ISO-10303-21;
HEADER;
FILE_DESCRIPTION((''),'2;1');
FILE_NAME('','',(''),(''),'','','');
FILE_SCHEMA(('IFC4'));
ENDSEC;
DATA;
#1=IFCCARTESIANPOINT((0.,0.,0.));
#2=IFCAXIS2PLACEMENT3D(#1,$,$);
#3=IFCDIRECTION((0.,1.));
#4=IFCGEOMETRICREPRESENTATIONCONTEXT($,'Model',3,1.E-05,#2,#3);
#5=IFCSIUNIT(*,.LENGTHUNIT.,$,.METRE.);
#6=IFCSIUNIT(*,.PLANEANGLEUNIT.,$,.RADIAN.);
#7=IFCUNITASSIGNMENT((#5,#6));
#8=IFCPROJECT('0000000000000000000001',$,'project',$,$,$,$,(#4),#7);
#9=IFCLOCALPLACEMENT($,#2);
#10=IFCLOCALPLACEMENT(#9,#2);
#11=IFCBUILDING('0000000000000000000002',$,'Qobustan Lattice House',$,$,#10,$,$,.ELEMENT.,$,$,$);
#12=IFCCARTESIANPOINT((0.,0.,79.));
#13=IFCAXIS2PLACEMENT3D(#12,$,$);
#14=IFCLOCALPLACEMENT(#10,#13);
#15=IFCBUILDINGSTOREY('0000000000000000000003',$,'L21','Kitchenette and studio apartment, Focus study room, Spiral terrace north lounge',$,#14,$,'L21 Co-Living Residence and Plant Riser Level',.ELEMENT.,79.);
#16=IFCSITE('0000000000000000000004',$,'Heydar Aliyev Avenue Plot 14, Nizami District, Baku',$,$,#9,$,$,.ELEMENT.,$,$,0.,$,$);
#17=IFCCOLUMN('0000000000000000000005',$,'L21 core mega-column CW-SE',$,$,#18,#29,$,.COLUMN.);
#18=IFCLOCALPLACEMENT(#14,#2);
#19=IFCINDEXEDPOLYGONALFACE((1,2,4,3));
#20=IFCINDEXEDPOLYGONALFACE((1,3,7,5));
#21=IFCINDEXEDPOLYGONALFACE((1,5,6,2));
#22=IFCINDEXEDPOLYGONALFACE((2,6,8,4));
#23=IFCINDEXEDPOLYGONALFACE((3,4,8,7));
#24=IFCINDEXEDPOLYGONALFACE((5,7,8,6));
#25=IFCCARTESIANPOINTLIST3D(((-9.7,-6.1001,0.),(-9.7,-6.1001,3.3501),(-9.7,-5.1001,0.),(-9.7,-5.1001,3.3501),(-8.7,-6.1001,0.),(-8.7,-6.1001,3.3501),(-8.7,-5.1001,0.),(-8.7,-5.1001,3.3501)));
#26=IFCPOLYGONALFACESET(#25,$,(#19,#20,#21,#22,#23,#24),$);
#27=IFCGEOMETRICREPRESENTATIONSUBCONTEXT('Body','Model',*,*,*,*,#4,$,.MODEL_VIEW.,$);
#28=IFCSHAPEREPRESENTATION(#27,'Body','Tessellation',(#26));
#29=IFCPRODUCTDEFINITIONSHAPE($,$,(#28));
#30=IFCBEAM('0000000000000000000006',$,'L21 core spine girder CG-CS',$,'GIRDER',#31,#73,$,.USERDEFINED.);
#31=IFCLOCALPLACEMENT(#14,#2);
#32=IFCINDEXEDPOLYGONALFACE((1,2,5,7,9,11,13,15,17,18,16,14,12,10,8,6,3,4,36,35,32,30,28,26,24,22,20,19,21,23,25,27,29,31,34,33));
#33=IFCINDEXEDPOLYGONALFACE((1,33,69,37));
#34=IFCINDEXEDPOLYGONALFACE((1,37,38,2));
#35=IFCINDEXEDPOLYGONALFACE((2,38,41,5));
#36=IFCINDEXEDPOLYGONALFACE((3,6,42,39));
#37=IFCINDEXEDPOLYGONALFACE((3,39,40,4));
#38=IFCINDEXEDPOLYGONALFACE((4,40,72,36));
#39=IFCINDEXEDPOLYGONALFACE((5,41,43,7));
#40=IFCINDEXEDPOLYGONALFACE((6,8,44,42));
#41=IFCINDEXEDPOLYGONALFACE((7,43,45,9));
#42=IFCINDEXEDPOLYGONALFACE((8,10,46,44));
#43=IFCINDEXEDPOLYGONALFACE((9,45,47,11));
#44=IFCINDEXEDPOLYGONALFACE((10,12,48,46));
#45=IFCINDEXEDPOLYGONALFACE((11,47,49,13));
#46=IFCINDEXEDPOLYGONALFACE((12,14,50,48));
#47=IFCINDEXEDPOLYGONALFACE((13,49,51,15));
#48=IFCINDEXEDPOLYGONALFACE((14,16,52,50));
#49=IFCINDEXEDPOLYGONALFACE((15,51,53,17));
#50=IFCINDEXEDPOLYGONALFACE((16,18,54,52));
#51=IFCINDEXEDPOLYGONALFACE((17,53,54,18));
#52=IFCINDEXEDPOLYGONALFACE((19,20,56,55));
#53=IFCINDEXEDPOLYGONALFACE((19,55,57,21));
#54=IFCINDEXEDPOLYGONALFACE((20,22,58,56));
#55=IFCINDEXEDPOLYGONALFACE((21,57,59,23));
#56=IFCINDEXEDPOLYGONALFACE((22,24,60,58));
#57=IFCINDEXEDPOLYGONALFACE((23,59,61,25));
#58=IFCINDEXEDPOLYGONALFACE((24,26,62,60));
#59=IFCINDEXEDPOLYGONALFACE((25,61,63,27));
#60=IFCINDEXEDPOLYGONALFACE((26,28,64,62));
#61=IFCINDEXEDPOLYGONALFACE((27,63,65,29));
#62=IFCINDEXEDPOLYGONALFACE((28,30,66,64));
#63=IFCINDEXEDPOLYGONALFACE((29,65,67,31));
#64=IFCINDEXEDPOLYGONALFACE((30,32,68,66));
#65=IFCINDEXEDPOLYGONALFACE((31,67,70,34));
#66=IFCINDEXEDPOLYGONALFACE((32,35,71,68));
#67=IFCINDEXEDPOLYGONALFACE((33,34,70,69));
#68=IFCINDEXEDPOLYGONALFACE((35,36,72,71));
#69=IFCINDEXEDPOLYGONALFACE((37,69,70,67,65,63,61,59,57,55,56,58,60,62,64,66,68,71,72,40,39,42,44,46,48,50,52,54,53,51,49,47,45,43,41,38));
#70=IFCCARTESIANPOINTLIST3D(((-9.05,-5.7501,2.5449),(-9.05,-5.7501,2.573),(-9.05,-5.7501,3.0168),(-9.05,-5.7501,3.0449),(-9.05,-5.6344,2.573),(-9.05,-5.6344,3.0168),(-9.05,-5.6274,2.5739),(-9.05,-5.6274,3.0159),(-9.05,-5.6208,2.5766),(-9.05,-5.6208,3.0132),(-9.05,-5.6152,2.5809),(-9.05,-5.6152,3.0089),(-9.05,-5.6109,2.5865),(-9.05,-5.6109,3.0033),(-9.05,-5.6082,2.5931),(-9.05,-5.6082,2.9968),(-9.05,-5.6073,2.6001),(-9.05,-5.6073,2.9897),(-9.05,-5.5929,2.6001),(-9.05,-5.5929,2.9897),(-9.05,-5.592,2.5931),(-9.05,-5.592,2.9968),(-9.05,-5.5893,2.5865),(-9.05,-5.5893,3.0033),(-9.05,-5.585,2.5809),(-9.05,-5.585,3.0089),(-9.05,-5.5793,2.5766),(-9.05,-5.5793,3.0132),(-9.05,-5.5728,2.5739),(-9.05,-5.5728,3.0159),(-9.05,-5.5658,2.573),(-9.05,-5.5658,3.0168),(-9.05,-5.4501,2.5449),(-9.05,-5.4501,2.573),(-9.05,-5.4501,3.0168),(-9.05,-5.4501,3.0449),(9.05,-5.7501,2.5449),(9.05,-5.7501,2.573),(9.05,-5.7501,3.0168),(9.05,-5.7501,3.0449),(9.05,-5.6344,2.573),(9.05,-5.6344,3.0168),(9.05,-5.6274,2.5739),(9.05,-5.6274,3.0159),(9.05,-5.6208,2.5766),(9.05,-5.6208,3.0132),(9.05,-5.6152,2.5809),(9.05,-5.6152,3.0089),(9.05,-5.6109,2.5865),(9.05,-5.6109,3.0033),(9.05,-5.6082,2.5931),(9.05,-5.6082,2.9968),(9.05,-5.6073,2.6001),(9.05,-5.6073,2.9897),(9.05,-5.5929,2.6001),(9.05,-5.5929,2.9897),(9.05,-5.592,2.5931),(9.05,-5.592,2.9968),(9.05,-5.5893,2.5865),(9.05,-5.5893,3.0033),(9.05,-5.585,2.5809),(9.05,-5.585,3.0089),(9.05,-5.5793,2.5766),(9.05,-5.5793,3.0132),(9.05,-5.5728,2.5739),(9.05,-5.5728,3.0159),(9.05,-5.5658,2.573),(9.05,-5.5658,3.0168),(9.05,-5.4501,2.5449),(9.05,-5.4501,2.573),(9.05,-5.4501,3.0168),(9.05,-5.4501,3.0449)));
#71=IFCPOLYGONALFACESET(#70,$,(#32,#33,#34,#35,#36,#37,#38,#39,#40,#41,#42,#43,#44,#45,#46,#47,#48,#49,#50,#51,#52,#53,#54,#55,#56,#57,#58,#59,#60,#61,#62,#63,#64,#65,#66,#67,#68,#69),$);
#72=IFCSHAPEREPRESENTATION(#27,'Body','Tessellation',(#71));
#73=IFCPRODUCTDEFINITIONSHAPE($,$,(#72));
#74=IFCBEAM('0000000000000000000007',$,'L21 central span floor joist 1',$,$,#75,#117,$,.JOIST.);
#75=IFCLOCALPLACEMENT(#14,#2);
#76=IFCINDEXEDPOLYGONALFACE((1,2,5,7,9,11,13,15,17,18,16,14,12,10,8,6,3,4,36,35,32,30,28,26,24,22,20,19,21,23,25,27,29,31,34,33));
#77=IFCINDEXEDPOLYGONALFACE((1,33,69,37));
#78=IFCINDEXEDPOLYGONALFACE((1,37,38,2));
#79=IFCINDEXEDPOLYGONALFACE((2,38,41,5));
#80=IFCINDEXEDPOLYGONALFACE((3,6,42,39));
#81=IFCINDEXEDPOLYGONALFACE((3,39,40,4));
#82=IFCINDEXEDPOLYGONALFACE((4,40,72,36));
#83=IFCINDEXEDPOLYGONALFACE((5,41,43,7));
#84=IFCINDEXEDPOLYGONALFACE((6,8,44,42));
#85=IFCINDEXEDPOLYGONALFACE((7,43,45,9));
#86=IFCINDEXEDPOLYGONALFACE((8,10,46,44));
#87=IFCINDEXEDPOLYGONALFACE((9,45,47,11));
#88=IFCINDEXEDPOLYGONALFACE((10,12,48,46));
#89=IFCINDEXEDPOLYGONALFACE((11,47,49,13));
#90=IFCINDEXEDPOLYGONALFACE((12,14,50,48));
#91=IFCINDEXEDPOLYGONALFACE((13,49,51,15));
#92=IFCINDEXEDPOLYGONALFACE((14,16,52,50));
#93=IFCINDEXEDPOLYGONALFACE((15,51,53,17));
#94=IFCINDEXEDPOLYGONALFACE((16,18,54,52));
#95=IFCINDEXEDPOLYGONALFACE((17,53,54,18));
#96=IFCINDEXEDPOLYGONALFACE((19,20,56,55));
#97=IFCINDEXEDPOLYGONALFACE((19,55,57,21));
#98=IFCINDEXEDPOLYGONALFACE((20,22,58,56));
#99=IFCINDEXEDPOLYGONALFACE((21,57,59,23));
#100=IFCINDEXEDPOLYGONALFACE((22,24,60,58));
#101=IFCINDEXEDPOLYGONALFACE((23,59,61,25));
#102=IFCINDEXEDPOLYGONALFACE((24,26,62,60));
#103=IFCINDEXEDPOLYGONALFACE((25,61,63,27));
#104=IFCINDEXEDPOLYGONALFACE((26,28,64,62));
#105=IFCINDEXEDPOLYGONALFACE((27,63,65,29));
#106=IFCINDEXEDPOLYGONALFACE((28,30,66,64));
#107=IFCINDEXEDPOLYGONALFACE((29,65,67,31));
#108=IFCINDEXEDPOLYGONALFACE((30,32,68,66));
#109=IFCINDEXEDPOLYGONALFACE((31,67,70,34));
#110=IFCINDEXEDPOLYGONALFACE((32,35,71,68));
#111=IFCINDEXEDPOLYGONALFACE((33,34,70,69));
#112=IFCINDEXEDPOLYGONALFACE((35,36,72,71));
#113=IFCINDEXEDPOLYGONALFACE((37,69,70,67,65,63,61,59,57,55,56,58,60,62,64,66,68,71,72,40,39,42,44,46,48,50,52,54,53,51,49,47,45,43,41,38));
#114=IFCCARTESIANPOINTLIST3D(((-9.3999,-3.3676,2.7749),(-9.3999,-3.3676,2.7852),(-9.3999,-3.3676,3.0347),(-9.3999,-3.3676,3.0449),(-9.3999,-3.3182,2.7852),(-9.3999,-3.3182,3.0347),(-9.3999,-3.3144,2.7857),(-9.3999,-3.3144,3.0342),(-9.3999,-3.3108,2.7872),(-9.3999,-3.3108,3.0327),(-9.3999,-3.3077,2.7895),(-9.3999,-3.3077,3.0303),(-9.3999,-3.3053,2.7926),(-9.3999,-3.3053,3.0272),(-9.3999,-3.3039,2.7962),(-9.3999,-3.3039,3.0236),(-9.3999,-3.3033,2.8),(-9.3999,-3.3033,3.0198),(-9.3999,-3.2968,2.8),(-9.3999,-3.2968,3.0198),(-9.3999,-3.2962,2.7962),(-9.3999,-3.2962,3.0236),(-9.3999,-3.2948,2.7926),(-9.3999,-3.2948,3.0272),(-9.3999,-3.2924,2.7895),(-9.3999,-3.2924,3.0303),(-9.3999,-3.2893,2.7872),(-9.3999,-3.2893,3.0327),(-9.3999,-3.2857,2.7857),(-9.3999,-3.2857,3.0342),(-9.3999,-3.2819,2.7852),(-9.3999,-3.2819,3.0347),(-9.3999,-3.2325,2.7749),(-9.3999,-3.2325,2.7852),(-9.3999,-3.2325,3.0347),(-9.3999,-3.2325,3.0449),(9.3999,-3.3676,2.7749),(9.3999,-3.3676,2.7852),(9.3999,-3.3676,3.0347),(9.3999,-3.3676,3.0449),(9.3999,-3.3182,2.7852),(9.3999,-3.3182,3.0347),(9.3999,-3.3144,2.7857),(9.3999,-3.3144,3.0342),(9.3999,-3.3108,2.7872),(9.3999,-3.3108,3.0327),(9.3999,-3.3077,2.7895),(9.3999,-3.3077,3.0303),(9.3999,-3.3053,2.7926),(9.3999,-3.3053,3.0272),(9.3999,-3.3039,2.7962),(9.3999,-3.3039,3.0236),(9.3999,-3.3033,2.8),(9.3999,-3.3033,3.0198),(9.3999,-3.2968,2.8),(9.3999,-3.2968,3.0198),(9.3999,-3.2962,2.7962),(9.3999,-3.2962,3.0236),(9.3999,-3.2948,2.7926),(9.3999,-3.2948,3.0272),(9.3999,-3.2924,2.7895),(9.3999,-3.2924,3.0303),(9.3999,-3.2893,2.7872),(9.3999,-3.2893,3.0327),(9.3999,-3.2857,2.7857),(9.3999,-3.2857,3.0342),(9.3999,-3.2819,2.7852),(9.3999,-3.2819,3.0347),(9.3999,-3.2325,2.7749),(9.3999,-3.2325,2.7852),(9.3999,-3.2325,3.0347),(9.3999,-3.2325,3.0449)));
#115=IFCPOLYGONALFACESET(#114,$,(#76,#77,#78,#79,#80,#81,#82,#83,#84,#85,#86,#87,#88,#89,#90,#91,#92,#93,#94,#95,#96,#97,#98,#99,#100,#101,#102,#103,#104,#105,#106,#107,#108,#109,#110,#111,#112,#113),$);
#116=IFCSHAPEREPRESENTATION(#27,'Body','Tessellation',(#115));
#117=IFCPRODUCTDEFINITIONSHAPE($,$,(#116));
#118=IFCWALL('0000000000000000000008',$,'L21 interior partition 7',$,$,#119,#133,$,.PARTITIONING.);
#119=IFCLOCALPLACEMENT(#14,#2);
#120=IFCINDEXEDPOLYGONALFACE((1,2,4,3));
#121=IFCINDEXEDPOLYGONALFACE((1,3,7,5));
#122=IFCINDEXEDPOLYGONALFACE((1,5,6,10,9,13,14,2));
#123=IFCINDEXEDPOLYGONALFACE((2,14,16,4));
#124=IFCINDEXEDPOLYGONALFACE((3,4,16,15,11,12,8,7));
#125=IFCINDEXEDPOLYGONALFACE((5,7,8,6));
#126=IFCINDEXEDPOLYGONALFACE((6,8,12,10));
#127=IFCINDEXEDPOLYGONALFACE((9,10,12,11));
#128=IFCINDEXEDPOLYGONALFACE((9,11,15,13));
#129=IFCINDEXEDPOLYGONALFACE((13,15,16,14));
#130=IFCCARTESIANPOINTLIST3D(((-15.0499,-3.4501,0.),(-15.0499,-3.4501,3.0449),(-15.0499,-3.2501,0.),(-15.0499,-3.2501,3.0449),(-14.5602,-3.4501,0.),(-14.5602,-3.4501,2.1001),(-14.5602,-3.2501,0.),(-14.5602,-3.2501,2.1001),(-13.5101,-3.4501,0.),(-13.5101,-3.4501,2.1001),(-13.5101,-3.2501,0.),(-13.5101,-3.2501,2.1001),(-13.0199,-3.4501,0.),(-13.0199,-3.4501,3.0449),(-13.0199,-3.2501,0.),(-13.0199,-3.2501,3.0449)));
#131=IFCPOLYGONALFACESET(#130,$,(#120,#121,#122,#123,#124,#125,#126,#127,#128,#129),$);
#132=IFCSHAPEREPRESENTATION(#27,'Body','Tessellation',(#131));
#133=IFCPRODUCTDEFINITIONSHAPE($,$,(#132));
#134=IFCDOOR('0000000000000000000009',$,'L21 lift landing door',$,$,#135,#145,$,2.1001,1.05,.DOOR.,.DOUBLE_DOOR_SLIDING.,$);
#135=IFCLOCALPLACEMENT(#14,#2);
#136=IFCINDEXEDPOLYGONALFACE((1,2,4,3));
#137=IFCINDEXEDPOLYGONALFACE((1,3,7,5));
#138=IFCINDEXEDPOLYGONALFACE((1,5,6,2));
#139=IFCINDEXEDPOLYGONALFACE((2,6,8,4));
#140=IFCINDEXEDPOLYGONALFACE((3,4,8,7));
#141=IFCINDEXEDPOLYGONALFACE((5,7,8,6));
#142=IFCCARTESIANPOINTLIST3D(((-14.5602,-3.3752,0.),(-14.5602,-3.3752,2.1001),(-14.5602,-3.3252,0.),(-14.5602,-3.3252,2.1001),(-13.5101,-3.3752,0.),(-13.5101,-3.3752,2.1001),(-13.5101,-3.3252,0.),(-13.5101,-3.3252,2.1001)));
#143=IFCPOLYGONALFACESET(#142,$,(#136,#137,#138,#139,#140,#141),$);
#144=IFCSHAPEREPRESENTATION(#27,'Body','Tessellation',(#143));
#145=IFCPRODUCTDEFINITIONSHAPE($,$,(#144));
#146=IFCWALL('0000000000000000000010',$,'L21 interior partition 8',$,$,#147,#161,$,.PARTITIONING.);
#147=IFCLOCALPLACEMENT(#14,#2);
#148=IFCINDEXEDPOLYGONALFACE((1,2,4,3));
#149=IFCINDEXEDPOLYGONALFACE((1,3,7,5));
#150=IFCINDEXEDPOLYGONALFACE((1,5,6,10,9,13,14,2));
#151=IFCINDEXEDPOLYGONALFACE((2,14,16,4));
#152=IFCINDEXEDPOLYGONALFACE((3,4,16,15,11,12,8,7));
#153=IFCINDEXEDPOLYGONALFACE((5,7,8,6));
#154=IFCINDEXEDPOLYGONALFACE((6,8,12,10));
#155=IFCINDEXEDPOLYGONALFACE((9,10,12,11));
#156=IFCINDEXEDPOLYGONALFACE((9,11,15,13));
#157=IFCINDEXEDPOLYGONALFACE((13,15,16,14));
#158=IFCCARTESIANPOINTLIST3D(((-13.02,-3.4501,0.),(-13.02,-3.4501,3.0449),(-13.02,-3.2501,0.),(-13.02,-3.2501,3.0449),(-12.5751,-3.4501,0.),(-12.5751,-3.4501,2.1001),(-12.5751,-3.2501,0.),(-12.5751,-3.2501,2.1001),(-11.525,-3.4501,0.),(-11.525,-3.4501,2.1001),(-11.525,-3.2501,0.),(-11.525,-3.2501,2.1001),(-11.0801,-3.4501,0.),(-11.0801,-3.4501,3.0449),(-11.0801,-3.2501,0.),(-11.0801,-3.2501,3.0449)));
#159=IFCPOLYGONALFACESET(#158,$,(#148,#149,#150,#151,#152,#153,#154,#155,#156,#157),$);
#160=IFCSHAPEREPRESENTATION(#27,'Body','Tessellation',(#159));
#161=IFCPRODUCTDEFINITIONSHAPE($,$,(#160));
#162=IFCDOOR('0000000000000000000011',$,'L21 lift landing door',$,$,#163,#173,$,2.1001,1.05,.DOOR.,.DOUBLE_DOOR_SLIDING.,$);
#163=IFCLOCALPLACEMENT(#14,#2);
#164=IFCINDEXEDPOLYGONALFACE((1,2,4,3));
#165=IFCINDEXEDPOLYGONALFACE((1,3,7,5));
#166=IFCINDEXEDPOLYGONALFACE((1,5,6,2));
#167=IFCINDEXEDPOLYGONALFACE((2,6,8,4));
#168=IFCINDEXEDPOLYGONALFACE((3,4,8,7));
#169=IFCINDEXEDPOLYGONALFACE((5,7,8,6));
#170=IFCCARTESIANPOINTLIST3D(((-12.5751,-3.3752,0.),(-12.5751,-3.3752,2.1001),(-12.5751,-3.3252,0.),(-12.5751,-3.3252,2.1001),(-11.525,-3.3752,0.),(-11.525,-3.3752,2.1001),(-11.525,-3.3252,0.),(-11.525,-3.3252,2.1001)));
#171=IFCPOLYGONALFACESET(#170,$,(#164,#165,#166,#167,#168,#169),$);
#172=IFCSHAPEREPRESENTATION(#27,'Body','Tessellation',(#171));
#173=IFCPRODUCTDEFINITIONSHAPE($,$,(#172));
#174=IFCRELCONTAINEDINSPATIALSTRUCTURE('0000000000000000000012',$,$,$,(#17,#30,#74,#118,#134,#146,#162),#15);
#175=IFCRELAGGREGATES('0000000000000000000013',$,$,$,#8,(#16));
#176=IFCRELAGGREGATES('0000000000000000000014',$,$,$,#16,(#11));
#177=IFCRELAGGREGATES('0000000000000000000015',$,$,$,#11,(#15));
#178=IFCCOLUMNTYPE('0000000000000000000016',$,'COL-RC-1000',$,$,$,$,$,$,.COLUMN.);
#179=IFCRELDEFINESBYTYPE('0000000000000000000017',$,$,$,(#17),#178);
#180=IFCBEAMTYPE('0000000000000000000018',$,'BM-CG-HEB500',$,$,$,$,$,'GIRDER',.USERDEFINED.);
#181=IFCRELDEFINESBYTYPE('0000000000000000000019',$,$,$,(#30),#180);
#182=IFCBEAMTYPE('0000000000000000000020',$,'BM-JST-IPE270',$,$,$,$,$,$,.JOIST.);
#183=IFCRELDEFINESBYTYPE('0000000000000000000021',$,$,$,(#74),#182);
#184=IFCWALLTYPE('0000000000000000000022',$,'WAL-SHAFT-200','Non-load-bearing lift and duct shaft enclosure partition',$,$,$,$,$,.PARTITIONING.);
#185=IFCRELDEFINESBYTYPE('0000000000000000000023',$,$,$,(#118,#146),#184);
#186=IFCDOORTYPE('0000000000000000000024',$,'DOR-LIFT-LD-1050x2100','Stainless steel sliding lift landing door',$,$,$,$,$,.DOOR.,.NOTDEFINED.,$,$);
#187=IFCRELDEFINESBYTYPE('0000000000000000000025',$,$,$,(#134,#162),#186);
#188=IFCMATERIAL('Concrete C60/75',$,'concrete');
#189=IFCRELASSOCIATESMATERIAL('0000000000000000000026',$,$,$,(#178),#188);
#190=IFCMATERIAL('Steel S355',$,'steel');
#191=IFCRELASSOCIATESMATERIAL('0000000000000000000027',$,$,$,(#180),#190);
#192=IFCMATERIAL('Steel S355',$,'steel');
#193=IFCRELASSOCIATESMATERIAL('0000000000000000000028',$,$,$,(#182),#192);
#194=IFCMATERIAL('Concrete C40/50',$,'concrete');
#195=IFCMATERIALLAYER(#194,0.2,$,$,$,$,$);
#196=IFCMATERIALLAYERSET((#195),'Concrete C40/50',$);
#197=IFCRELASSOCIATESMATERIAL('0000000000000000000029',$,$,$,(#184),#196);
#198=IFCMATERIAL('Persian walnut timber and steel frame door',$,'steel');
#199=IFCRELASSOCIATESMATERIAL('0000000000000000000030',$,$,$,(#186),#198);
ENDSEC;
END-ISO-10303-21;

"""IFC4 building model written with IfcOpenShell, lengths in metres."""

from ifc_helpers import new_model, si_unit, direction, frame, frame_2d, origin, origin_2d, place, context, subcontext, project, spatial, rectangle, i_section, extrude, material, layer, layer_set, material_profile, profile_set, type_object, element, fill, save


model = new_model("IFC4")

# Units and contexts
model_context = context("Model", 3, precision=1e-05, world=origin(), true_north=direction((0.0, 1.0)))
body_context = subcontext(model_context, "Body", "Model", "MODEL_VIEW")
ifc_project = project(units=[si_unit("LENGTHUNIT", "METRE"), si_unit("PLANEANGLEUNIT", "RADIAN")], contexts=[model_context])

# Site, building, storey
site_placement = place(None, origin())
site = spatial("IfcSite", under=ifc_project, at=site_placement, Name="Heydar Aliyev Avenue Plot 14, Nizami District, Baku", CompositionType="ELEMENT", RefElevation=0.0)
building_placement = place(site_placement, origin())
building = spatial("IfcBuilding", under=site, at=building_placement, Name="Qobustan Lattice House", CompositionType="ELEMENT")
storey_placement = place(building_placement, frame((0.0, 0.0, 79.0)))
storey = spatial("IfcBuildingStorey", under=building, at=storey_placement, Name="L21", Description="Kitchenette and studio apartment, Focus study room, Spiral terrace north lounge", LongName="L21 Co-Living Residence and Plant Riser Level", CompositionType="ELEMENT", Elevation=79.0)

# Column
ifc_material_1 = material(Name="Concrete C60/75", Category="concrete")
ifc_material_profile_1 = material_profile(ifc_material_1, rectangle(XDim=1.0, YDim=1.0, at=origin_2d()), Name="RC1000x1000")
ifc_profile_set_1 = profile_set([ifc_material_profile_1], Name="Concrete C60/75")
column_type = type_object("IfcColumnType", Name="COL-RC-1000", PredefinedType="COLUMN", material=ifc_profile_set_1)
column_placement = place(storey_placement, frame((-9.2, -5.6001, 0.0), z_axis=(0.0, 0.0, 1.0), x_axis=(1.0, 0.0, 0.0)))
element("IfcColumn", 1, at=column_placement, inside=storey, type_object=column_type, Name="L21 core mega-column CW-SE", PredefinedType="COLUMN", context=body_context, shape_type="SweptSolid", body=[
    extrude(rectangle(XDim=1.0, YDim=1.0, at=origin_2d()), origin(), (0.0, 0.0, 1.0), 3.3501),
])

# Beams
ifc_material_2 = material(Name="Steel S355", Category="steel")
ifc_material_profile_2 = material_profile(ifc_material_2, i_section(OverallWidth=0.3, OverallDepth=0.5, WebThickness=0.0144, FlangeThickness=0.0281, FilletRadius=0.0271, at=origin_2d()), Name="HEB500")
ifc_profile_set_2 = profile_set([ifc_material_profile_2], Name="Steel S355")
beam_type_1 = type_object("IfcBeamType", Name="BM-CG-HEB500", ElementType="GIRDER", PredefinedType="USERDEFINED", material=ifc_profile_set_2)
beam_1_placement = place(storey_placement, frame((-9.05, -5.6001, 2.7949), z_axis=(1.0, 0.0, 0.0), x_axis=(0.0, 1.0, 0.0)))
element("IfcBeam", 2, at=beam_1_placement, inside=storey, type_object=beam_type_1, Name="L21 core spine girder CG-CS", ObjectType="GIRDER", PredefinedType="USERDEFINED", context=body_context, shape_type="SweptSolid", body=[
    extrude(i_section(OverallWidth=0.3, OverallDepth=0.5, WebThickness=0.0144, FlangeThickness=0.0281, FilletRadius=0.0271, at=origin_2d()), origin(), (0.0, 0.0, 1.0), 18.1001),
])
ifc_material_3 = material(Name="Steel S355", Category="steel")
ifc_material_profile_3 = material_profile(ifc_material_3, i_section(OverallWidth=0.135, OverallDepth=0.27, WebThickness=0.0066, FlangeThickness=0.0103, FilletRadius=0.0149, at=origin_2d()), Name="IPE270")
ifc_profile_set_3 = profile_set([ifc_material_profile_3], Name="Steel S355")
beam_type_2 = type_object("IfcBeamType", Name="BM-JST-IPE270", PredefinedType="JOIST", material=ifc_profile_set_3)
beam_2_placement = place(storey_placement, frame((-9.3999, -3.3, 2.9099), z_axis=(1.0, 0.0, 0.0), x_axis=(0.0, 1.0, 0.0)))
element("IfcBeam", 3, at=beam_2_placement, inside=storey, type_object=beam_type_2, Name="L21 central span floor joist 1", PredefinedType="JOIST", context=body_context, shape_type="SweptSolid", body=[
    extrude(i_section(OverallWidth=0.135, OverallDepth=0.27, WebThickness=0.0066, FlangeThickness=0.0103, FilletRadius=0.0149, at=origin_2d()), origin(), (0.0, 0.0, 1.0), 18.7998),
])

# Walls, openings, doors
ifc_material_4 = material(Name="Concrete C40/50", Category="concrete")
ifc_layer_1 = layer(ifc_material_4, 0.2)
ifc_layer_set_1 = layer_set([ifc_layer_1], Name="Concrete C40/50")
wall_type_1 = type_object("IfcWallType", Name="WAL-SHAFT-200", Description="Non-load-bearing lift and duct shaft enclosure partition", PredefinedType="PARTITIONING", material=ifc_layer_set_1)
wall_1_placement = place(storey_placement, frame((-15.05, -3.3501, 0.0), z_axis=(0.0, 0.0, 1.0), x_axis=(1.0, 0.0, 0.0)))
wall_1 = element("IfcWall", 4, at=wall_1_placement, inside=storey, type_object=wall_type_1, Name="L21 interior partition 7", PredefinedType="PARTITIONING", context=body_context, shape_type="SweptSolid", body=[
    extrude(rectangle(XDim=2.03, YDim=0.2, at=frame_2d((1.0151, 0.0))), origin(), (0.0, 0.0, 1.0), 3.0449),
])
opening_1_placement = place(wall_1_placement, frame((0.49, 0.0, 0.0)))
opening_1 = element("IfcOpeningElement", 5, at=opening_1_placement, cuts=wall_1, PredefinedType="OPENING", context=body_context, shape_type="SweptSolid", body=[
    extrude(rectangle(XDim=1.05, YDim=2.1001, at=frame_2d((0.5249, 1.05))), frame((0.0, 0.1099, 0.0), z_axis=(0.0, -1.0, 0.0), x_axis=(1.0, 0.0, 0.0)), (0.0, 0.0, 1.0), 0.22),
])
ifc_material_5 = material(Name="Persian walnut timber and steel frame door", Category="steel")
door_type_1 = type_object("IfcDoorType", Name="DOR-LIFT-LD-1050x2100", Description="Stainless steel sliding lift landing door", OperationType="NOTDEFINED", PredefinedType="DOOR", material=ifc_material_5)
door_1_placement = place(opening_1_placement, origin())
door_1 = element("IfcDoor", 6, at=door_1_placement, inside=storey, type_object=door_type_1, Name="L21 lift landing door", OperationType="DOUBLE_DOOR_SLIDING", OverallHeight=2.1001, OverallWidth=1.05, PredefinedType="DOOR", context=body_context, shape_type="SweptSolid", body=[
    extrude(rectangle(XDim=1.05, YDim=2.1001, at=frame_2d((0.5249, 1.05))), frame((0.0, 0.0249, 0.0), z_axis=(0.0, -1.0, 0.0), x_axis=(1.0, 0.0, 0.0)), (0.0, 0.0, 1.0), 0.05),
])
fill(opening_1, door_1)
wall_2_placement = place(storey_placement, frame((-13.02, -3.3501, 0.0), z_axis=(0.0, 0.0, 1.0), x_axis=(1.0, 0.0, 0.0)))
wall_2 = element("IfcWall", 7, at=wall_2_placement, inside=storey, type_object=wall_type_1, Name="L21 interior partition 8", PredefinedType="PARTITIONING", context=body_context, shape_type="SweptSolid", body=[
    extrude(rectangle(XDim=1.9399, YDim=0.2, at=frame_2d((0.97, 0.0))), origin(), (0.0, 0.0, 1.0), 3.0449),
])
opening_2_placement = place(wall_2_placement, frame((0.4451, 0.0, 0.0)))
opening_2 = element("IfcOpeningElement", 8, at=opening_2_placement, cuts=wall_2, PredefinedType="OPENING", context=body_context, shape_type="SweptSolid", body=[
    extrude(rectangle(XDim=1.05, YDim=2.1001, at=frame_2d((0.5249, 1.05))), frame((0.0, 0.1099, 0.0), z_axis=(0.0, -1.0, 0.0), x_axis=(1.0, 0.0, 0.0)), (0.0, 0.0, 1.0), 0.22),
])
door_2_placement = place(opening_2_placement, origin())
door_2 = element("IfcDoor", 9, at=door_2_placement, inside=storey, type_object=door_type_1, Name="L21 lift landing door", OperationType="DOUBLE_DOOR_SLIDING", OverallHeight=2.1001, OverallWidth=1.05, PredefinedType="DOOR", context=body_context, shape_type="SweptSolid", body=[
    extrude(rectangle(XDim=1.05, YDim=2.1001, at=frame_2d((0.5249, 1.05))), frame((0.0, 0.0249, 0.0), z_axis=(0.0, -1.0, 0.0), x_axis=(1.0, 0.0, 0.0)), (0.0, 0.0, 1.0), 0.05),
])
fill(opening_2, door_2)

save(model, "model.ifc")
